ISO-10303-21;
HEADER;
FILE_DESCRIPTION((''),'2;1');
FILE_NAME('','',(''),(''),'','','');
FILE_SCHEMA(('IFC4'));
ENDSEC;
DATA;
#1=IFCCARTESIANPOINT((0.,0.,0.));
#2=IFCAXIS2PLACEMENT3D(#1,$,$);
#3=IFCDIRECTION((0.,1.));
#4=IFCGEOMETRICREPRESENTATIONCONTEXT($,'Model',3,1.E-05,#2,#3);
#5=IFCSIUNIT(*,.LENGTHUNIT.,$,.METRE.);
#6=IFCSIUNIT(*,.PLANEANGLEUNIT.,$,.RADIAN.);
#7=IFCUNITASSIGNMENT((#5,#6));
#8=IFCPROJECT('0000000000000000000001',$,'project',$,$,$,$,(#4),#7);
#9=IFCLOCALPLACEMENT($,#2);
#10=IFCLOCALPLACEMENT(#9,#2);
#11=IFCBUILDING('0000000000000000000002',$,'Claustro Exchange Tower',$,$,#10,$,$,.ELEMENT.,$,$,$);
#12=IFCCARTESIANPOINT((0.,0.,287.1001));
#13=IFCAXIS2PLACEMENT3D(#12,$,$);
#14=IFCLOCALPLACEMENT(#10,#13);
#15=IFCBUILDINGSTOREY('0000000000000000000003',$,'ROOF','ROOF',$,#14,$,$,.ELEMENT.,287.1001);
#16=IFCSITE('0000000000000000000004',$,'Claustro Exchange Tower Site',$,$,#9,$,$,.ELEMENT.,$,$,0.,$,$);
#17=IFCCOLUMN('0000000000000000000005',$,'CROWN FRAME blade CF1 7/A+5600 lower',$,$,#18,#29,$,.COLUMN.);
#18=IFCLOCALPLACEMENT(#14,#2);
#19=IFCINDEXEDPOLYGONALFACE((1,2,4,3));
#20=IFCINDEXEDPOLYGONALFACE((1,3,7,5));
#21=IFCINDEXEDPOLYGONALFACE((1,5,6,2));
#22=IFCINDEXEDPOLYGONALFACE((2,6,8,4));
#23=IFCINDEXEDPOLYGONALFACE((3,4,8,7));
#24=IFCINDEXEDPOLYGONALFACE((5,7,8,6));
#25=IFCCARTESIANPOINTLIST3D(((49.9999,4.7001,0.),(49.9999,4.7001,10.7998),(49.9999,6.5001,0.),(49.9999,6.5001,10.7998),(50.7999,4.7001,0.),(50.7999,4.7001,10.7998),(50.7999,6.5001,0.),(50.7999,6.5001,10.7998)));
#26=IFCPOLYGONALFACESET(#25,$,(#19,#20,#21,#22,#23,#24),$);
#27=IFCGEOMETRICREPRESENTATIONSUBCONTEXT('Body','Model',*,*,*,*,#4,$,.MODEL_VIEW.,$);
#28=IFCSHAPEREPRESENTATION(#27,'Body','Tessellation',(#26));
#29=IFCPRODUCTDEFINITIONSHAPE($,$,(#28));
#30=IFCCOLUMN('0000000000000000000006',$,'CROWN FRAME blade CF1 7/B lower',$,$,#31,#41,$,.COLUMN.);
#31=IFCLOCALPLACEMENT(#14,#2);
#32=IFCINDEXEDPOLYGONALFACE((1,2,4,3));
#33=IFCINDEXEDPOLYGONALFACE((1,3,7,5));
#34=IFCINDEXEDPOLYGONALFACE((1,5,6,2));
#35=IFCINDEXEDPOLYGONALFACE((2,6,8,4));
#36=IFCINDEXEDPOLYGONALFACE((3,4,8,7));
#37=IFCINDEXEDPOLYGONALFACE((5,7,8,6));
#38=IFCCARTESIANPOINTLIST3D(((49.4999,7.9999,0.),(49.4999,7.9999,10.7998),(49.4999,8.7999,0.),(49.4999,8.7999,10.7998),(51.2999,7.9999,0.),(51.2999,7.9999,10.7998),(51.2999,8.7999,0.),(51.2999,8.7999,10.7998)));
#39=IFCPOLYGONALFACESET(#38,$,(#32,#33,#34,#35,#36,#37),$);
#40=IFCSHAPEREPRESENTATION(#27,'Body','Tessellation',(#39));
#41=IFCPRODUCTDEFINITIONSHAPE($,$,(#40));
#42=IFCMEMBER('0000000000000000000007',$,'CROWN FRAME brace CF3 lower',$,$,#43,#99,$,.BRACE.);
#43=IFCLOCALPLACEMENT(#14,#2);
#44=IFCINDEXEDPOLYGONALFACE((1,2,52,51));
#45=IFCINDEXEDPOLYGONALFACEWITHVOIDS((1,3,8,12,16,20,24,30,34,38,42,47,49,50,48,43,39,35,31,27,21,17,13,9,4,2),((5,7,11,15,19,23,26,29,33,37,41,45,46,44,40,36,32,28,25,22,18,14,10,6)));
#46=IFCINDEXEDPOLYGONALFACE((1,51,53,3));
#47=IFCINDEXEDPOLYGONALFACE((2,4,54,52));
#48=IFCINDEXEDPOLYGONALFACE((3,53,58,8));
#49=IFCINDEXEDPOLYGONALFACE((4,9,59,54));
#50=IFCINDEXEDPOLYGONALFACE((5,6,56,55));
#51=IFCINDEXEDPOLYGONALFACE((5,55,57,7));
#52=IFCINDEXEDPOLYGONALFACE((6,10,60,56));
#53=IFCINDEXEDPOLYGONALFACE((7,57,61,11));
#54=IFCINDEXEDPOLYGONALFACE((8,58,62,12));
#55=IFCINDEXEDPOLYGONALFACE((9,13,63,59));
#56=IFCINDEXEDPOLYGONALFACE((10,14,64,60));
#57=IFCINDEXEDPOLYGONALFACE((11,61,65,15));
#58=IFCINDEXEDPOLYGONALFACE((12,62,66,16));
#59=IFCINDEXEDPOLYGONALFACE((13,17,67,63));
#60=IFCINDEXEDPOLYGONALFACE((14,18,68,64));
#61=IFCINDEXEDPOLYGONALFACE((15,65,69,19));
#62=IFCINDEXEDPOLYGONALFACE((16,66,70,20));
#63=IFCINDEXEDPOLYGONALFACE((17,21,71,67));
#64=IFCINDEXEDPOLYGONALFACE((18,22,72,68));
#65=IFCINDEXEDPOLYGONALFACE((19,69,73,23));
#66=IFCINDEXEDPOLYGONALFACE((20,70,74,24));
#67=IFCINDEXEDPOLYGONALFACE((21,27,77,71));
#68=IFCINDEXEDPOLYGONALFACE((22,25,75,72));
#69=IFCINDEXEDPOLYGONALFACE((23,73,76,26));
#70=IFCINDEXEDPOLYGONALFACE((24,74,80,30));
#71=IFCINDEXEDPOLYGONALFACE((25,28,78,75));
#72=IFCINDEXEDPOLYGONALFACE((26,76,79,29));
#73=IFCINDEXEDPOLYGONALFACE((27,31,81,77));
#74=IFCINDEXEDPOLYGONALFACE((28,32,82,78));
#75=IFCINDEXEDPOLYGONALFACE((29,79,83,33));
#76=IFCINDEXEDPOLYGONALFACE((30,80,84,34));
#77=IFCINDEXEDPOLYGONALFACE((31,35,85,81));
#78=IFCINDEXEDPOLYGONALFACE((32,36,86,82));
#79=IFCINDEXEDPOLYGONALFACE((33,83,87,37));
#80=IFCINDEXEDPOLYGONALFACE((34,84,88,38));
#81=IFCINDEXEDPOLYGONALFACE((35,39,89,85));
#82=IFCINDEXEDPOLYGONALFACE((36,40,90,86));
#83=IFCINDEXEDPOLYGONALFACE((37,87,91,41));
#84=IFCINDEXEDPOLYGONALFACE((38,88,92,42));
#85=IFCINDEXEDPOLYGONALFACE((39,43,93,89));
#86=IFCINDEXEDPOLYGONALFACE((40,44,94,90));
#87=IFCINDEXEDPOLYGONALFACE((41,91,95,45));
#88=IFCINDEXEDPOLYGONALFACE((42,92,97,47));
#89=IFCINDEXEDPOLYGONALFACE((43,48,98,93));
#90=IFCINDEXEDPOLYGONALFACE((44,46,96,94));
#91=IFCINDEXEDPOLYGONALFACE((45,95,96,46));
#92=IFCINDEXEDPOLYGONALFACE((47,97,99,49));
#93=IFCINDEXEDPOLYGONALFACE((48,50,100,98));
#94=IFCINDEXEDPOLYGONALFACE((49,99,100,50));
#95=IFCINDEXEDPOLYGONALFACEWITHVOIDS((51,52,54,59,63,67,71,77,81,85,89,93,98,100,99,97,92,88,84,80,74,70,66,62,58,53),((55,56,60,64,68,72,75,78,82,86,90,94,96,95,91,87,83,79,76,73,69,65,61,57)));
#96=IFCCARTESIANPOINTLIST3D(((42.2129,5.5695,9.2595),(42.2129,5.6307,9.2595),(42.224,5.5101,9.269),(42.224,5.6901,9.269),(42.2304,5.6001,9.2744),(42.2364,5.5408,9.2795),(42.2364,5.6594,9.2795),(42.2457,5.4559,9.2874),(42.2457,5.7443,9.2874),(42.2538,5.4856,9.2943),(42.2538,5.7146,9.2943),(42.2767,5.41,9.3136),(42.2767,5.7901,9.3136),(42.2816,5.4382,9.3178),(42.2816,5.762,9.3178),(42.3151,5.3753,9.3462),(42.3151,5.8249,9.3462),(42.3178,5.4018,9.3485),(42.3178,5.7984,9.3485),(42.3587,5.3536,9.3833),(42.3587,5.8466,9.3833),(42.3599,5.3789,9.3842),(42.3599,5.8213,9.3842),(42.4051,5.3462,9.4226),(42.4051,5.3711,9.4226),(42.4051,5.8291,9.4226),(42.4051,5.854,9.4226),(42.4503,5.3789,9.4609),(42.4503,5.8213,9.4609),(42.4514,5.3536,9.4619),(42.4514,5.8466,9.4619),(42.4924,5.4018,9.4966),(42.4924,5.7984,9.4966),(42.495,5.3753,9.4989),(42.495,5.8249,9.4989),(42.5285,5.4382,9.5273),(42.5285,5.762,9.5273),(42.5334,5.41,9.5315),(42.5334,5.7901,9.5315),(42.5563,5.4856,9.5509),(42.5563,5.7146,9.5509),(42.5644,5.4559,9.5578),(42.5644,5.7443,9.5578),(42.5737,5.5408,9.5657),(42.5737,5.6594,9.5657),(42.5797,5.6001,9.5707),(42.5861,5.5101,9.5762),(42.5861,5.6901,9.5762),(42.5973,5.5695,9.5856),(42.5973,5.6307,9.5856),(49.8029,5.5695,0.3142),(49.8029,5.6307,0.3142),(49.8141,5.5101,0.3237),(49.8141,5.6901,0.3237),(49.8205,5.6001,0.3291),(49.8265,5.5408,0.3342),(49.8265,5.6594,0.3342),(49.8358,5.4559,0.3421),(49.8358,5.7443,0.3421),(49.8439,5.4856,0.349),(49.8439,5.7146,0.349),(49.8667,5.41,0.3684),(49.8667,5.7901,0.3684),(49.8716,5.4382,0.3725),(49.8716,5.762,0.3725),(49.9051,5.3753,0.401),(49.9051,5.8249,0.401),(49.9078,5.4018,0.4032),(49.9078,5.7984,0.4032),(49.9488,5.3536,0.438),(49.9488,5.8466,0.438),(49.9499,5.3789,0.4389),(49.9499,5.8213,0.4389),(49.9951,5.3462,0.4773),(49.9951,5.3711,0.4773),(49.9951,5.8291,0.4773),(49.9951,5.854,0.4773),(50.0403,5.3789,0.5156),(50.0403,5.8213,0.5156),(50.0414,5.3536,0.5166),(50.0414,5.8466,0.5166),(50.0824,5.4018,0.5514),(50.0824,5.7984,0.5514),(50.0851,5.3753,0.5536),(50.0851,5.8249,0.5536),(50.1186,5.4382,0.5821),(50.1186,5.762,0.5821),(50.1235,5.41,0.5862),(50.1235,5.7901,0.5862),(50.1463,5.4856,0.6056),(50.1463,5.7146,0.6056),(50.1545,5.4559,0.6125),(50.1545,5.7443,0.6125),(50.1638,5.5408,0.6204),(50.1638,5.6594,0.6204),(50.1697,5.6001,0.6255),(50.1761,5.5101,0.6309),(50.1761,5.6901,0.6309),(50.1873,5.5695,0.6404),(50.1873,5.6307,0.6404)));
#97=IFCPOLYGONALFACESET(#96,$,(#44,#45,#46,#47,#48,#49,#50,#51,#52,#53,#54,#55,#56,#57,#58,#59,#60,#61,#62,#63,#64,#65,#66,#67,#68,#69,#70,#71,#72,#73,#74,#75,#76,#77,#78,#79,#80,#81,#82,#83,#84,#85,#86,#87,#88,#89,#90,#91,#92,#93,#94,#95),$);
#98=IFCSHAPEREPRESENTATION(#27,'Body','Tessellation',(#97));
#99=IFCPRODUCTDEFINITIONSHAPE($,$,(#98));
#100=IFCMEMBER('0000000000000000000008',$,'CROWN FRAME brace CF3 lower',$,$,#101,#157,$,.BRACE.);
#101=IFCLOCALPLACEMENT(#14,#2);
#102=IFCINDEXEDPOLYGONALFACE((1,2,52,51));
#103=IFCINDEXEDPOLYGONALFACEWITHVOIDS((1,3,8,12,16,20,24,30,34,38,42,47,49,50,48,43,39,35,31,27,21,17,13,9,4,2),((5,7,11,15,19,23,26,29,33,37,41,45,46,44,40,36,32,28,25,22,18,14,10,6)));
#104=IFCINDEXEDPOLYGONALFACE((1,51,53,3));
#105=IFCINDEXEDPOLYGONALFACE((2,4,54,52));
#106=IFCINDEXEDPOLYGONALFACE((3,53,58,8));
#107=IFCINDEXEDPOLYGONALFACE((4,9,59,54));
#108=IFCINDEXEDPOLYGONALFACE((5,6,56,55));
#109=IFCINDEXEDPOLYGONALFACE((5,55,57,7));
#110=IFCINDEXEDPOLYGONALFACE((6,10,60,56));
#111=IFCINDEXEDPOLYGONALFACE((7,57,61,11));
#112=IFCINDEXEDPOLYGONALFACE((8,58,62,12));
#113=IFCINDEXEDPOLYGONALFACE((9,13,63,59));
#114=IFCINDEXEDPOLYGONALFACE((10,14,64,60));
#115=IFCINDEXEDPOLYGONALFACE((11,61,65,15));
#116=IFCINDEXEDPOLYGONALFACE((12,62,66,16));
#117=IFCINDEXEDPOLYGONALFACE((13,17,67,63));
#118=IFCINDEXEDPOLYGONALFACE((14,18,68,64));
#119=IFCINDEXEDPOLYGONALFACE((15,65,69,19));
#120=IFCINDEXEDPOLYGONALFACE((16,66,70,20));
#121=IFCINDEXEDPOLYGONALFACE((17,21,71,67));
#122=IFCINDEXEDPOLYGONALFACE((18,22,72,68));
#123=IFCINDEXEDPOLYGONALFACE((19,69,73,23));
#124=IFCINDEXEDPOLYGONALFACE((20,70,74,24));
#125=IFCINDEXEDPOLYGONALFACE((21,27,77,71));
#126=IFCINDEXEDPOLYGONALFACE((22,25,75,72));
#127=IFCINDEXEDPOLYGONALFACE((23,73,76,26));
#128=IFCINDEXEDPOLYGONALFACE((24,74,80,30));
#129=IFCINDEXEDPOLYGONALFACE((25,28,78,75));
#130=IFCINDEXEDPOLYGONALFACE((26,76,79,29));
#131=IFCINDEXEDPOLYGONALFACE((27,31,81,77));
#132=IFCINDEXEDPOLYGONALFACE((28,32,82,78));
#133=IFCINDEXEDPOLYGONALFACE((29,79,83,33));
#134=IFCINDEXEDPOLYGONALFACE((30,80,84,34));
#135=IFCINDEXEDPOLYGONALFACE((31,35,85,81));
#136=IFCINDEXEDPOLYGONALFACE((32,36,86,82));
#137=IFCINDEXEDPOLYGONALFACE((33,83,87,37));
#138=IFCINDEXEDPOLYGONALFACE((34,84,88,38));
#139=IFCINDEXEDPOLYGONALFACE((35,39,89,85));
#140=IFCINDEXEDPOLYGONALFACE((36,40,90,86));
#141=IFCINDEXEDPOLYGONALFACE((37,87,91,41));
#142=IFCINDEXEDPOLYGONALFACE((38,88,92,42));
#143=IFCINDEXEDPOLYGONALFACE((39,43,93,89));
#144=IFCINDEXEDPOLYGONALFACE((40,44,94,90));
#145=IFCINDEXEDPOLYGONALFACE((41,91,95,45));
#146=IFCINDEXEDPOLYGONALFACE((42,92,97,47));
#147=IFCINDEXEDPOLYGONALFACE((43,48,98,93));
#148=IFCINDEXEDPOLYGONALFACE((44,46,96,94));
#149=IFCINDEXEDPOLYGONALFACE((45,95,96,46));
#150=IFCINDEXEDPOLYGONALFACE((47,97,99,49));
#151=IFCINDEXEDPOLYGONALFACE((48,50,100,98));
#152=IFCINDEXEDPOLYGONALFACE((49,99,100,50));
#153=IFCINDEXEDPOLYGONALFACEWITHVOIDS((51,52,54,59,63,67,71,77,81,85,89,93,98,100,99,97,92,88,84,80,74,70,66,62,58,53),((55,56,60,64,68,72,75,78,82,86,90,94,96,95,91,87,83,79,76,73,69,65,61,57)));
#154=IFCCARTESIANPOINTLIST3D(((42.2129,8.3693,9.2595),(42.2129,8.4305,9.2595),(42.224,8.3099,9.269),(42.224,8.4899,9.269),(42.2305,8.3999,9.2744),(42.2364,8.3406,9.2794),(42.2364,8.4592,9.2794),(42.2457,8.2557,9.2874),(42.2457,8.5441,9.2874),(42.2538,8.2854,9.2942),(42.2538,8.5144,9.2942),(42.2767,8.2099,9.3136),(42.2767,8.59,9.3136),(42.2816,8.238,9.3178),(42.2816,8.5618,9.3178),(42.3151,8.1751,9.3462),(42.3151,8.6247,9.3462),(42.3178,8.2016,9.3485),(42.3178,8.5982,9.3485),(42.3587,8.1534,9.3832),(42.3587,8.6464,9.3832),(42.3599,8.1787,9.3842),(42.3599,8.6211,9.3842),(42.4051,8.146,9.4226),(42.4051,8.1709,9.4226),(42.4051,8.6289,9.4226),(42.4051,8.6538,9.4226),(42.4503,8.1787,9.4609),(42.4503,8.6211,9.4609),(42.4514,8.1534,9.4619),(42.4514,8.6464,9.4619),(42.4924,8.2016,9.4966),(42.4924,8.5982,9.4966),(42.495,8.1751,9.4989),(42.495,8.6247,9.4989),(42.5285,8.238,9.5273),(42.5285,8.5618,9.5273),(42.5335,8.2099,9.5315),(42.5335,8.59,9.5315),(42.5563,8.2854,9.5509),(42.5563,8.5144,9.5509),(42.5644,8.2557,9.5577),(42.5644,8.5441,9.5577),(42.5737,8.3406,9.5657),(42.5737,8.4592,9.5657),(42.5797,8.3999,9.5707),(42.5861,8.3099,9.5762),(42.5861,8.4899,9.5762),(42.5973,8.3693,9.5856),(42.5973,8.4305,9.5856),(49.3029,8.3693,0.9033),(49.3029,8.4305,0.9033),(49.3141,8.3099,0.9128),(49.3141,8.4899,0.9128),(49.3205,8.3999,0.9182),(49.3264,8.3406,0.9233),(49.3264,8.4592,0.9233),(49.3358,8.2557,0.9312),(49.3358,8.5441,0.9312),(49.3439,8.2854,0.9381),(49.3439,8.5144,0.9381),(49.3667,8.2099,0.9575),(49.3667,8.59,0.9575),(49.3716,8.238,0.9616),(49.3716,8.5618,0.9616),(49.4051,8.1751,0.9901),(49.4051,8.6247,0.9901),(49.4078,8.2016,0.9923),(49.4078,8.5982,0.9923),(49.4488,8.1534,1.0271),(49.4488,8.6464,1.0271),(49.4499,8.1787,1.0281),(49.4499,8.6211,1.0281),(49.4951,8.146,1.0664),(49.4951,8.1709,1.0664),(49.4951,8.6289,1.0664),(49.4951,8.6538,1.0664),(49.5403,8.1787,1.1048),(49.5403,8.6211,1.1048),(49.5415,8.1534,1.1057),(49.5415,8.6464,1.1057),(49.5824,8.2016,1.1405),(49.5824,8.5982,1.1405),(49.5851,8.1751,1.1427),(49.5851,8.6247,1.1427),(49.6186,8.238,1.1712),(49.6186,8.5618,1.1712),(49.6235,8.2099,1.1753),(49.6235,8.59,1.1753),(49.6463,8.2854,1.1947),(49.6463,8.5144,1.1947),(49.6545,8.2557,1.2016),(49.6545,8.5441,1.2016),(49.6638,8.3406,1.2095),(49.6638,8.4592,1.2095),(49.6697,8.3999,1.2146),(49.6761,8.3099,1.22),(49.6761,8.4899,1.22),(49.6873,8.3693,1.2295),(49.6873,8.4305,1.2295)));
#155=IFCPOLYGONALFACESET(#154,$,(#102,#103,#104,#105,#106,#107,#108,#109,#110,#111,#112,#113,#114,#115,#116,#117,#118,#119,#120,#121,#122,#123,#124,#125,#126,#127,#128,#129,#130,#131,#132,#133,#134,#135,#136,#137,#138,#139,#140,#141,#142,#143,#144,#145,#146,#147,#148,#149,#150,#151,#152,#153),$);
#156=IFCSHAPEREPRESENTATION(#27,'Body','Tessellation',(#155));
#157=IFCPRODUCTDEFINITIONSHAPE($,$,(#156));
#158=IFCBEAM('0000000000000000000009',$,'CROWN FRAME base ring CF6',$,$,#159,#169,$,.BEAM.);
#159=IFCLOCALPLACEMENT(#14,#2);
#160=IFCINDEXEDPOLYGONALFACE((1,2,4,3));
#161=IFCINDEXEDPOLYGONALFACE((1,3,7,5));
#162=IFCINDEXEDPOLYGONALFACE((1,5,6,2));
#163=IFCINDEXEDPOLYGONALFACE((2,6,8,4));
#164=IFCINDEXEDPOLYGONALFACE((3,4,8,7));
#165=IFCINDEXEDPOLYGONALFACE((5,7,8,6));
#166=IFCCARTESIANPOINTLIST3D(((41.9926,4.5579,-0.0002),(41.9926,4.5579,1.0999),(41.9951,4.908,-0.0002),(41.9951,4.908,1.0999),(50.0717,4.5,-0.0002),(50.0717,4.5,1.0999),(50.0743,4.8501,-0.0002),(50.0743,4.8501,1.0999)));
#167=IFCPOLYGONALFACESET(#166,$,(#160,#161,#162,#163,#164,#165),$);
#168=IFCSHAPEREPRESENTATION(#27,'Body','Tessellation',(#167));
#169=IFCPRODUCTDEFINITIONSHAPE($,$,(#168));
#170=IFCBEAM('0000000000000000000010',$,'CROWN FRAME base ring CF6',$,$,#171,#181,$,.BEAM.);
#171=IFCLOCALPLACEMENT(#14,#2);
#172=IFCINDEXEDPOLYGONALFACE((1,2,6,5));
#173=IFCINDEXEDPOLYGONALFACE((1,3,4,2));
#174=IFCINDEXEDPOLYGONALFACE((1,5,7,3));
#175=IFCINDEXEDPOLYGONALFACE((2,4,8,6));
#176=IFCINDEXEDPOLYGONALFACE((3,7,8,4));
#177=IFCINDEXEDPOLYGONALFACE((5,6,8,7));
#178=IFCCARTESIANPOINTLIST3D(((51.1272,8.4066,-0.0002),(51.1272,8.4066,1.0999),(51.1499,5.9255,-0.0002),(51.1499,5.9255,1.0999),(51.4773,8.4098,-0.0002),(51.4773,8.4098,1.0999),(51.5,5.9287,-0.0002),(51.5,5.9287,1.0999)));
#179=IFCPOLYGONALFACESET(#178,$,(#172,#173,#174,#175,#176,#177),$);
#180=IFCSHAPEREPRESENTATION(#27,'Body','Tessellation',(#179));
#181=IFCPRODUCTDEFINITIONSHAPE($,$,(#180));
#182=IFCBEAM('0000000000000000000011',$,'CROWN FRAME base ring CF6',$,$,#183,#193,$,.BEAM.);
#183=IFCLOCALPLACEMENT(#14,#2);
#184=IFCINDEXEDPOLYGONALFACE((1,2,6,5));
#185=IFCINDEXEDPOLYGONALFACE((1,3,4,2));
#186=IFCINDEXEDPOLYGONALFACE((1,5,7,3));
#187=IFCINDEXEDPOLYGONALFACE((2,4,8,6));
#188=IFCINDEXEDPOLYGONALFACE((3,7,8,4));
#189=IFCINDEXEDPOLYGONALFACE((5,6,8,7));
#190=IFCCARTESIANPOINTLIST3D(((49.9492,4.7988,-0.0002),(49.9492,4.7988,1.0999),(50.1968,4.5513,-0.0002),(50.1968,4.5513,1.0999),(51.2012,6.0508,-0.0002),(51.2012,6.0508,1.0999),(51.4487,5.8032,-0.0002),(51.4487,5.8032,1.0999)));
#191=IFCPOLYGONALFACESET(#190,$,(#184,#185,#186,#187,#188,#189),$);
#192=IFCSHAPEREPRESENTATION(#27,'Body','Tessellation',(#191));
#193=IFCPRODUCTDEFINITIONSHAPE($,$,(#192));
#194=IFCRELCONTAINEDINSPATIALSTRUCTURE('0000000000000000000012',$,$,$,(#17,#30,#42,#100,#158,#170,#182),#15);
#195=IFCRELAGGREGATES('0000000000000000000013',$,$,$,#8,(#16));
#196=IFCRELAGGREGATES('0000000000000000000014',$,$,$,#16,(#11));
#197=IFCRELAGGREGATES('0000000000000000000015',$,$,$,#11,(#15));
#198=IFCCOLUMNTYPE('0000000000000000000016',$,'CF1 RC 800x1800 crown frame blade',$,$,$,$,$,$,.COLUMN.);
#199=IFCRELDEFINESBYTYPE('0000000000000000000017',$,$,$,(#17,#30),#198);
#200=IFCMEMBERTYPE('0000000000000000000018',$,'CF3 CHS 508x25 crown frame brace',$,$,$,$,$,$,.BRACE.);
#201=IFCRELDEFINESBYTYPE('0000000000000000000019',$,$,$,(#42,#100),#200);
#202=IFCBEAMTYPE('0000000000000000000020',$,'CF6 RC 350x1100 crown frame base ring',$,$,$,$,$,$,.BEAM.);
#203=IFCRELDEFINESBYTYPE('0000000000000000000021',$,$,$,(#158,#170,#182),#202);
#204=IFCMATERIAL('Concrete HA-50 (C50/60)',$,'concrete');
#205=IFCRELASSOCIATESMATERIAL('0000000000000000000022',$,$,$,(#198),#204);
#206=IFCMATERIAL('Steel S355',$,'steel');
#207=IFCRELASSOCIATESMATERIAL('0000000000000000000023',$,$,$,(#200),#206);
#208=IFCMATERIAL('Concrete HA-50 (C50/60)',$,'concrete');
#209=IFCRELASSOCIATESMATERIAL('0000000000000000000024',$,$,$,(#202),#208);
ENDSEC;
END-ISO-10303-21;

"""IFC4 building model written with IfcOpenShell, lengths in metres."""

from ifc_helpers import new_model, si_unit, direction, frame, origin, origin_2d, place, context, subcontext, project, spatial, rectangle, hollow_circle, extrude, material, material_profile, profile_set, type_object, element, save


model = new_model("IFC4")

# Units and contexts
model_context = context("Model", 3, precision=1e-05, world=origin(), true_north=direction((0.0, 1.0)))
body_context = subcontext(model_context, "Body", "Model", "MODEL_VIEW")
ifc_project = project(units=[si_unit("LENGTHUNIT", "METRE"), si_unit("PLANEANGLEUNIT", "RADIAN")], contexts=[model_context])

# Site, building, storey
site_placement = place(None, origin())
site = spatial("IfcSite", under=ifc_project, at=site_placement, Name="Claustro Exchange Tower Site", CompositionType="ELEMENT", RefElevation=0.0)
building_placement = place(site_placement, origin())
building = spatial("IfcBuilding", under=site, at=building_placement, Name="Claustro Exchange Tower", CompositionType="ELEMENT")
storey_placement = place(building_placement, frame((0.0, 0.0, 287.1001)))
storey = spatial("IfcBuildingStorey", under=building, at=storey_placement, Name="ROOF", Description="ROOF", CompositionType="ELEMENT", Elevation=287.1001)

# Columns
ifc_material_1 = material(Name="Concrete HA-50 (C50/60)", Category="concrete")
ifc_material_profile_1 = material_profile(ifc_material_1, rectangle(XDim=0.8, YDim=1.8, at=origin_2d()), Name="RC 800x1800")
ifc_profile_set_1 = profile_set([ifc_material_profile_1], Name="Concrete HA-50 (C50/60)")
column_type = type_object("IfcColumnType", Name="CF1 RC 800x1800 crown frame blade", PredefinedType="COLUMN", material=ifc_profile_set_1)
for number, where, z_axis, x_axis, name in (
    (1, (50.3999, 5.6001, 0.0), (0.0, 0.0, 1.0), (1.0, 0.0, 0.0), "CROWN FRAME blade CF1 7/A+5600 lower"),
    (2, (50.3999, 8.3999, 0.0), (0.0, 0.0, 1.0), (0.0, 1.0, 0.0), "CROWN FRAME blade CF1 7/B lower"),
):
    element("IfcColumn", number, at=place(storey_placement, frame(where, z_axis=z_axis, x_axis=x_axis)), inside=storey, type_object=column_type, Name=name, PredefinedType="COLUMN", context=body_context, shape_type="SweptSolid", body=[
        extrude(rectangle(XDim=0.8, YDim=1.8, at=origin_2d()), origin(), (0.0, 0.0, 1.0), 10.7998),
    ])

# Members
ifc_material_2 = material(Name="Steel S355", Category="steel")
ifc_material_profile_2 = material_profile(ifc_material_2, hollow_circle(Radius=0.2539, WallThickness=0.0249, at=origin_2d()), Name="CHS 508x25")
ifc_profile_set_2 = profile_set([ifc_material_profile_2], Name="Steel S355")
member_type = type_object("IfcMemberType", Name="CF3 CHS 508x25 crown frame brace", PredefinedType="BRACE", material=ifc_profile_set_2)
member_1_placement = place(storey_placement, frame((49.9951, 5.6001, 0.4773), z_axis=(-0.646984, 0.0, 0.762504), x_axis=(0.0, -1.0, 0.0)))
element("IfcMember", 3, at=member_1_placement, inside=storey, type_object=member_type, Name="CROWN FRAME brace CF3 lower", PredefinedType="BRACE", context=body_context, shape_type="SweptSolid", body=[
    extrude(hollow_circle(Radius=0.2539, WallThickness=0.0249, at=origin_2d()), origin(), (0.0, 0.0, 1.0), 11.7314),
])
member_2_placement = place(storey_placement, frame((49.4951, 8.3999, 1.0664), z_axis=(-0.646976, 0.0, 0.76251), x_axis=(0.0, -1.0, 0.0)))
element("IfcMember", 4, at=member_2_placement, inside=storey, type_object=member_type, Name="CROWN FRAME brace CF3 lower", PredefinedType="BRACE", context=body_context, shape_type="SweptSolid", body=[
    extrude(hollow_circle(Radius=0.2539, WallThickness=0.0249, at=origin_2d()), origin(), (0.0, 0.0, 1.0), 10.9587),
])

# Beams
ifc_material_3 = material(Name="Concrete HA-50 (C50/60)", Category="concrete")
ifc_material_profile_3 = material_profile(ifc_material_3, rectangle(XDim=0.3501, YDim=1.1001, at=origin_2d()), Name="RC 350x1100")
ifc_profile_set_3 = profile_set([ifc_material_profile_3], Name="Concrete HA-50 (C50/60)")
beam_type = type_object("IfcBeamType", Name="CF6 RC 350x1100 crown frame base ring", PredefinedType="BEAM", material=ifc_profile_set_3)
beam_1_placement = place(storey_placement, frame((50.073, 4.675, 0.5498), z_axis=(-0.999974, 0.007162, 0.0), x_axis=(-0.007162, -0.999974, 0.0)))
element("IfcBeam", 5, at=beam_1_placement, inside=storey, type_object=beam_type, Name="CROWN FRAME base ring CF6", PredefinedType="BEAM", context=body_context, shape_type="SweptSolid", body=[
    extrude(rectangle(XDim=0.3501, YDim=1.1001, at=origin_2d()), origin(), (0.0, 0.0, 1.0), 8.0793),
])
beam_2_placement = place(storey_placement, frame((51.3022, 8.4082, 0.5498), z_axis=(0.00915, -0.999958, 0.0), x_axis=(0.999958, 0.00915, 0.0)))
element("IfcBeam", 6, at=beam_2_placement, inside=storey, type_object=beam_type, Name="CROWN FRAME base ring CF6", PredefinedType="BEAM", context=body_context, shape_type="SweptSolid", body=[
    extrude(rectangle(XDim=0.3501, YDim=1.1001, at=origin_2d()), origin(), (0.0, 0.0, 1.0), 2.4812),
])
beam_3_placement = place(storey_placement, frame((51.325, 5.927, 0.5498), z_axis=(-0.707107, -0.707107, 0.0), x_axis=(0.707107, -0.707107, 0.0)))
element("IfcBeam", 7, at=beam_3_placement, inside=storey, type_object=beam_type, Name="CROWN FRAME base ring CF6", PredefinedType="BEAM", context=body_context, shape_type="SweptSolid", body=[
    extrude(rectangle(XDim=0.3501, YDim=1.1001, at=origin_2d()), origin(), (0.0, 0.0, 1.0), 1.7705),
])

save(model, "model.ifc")
